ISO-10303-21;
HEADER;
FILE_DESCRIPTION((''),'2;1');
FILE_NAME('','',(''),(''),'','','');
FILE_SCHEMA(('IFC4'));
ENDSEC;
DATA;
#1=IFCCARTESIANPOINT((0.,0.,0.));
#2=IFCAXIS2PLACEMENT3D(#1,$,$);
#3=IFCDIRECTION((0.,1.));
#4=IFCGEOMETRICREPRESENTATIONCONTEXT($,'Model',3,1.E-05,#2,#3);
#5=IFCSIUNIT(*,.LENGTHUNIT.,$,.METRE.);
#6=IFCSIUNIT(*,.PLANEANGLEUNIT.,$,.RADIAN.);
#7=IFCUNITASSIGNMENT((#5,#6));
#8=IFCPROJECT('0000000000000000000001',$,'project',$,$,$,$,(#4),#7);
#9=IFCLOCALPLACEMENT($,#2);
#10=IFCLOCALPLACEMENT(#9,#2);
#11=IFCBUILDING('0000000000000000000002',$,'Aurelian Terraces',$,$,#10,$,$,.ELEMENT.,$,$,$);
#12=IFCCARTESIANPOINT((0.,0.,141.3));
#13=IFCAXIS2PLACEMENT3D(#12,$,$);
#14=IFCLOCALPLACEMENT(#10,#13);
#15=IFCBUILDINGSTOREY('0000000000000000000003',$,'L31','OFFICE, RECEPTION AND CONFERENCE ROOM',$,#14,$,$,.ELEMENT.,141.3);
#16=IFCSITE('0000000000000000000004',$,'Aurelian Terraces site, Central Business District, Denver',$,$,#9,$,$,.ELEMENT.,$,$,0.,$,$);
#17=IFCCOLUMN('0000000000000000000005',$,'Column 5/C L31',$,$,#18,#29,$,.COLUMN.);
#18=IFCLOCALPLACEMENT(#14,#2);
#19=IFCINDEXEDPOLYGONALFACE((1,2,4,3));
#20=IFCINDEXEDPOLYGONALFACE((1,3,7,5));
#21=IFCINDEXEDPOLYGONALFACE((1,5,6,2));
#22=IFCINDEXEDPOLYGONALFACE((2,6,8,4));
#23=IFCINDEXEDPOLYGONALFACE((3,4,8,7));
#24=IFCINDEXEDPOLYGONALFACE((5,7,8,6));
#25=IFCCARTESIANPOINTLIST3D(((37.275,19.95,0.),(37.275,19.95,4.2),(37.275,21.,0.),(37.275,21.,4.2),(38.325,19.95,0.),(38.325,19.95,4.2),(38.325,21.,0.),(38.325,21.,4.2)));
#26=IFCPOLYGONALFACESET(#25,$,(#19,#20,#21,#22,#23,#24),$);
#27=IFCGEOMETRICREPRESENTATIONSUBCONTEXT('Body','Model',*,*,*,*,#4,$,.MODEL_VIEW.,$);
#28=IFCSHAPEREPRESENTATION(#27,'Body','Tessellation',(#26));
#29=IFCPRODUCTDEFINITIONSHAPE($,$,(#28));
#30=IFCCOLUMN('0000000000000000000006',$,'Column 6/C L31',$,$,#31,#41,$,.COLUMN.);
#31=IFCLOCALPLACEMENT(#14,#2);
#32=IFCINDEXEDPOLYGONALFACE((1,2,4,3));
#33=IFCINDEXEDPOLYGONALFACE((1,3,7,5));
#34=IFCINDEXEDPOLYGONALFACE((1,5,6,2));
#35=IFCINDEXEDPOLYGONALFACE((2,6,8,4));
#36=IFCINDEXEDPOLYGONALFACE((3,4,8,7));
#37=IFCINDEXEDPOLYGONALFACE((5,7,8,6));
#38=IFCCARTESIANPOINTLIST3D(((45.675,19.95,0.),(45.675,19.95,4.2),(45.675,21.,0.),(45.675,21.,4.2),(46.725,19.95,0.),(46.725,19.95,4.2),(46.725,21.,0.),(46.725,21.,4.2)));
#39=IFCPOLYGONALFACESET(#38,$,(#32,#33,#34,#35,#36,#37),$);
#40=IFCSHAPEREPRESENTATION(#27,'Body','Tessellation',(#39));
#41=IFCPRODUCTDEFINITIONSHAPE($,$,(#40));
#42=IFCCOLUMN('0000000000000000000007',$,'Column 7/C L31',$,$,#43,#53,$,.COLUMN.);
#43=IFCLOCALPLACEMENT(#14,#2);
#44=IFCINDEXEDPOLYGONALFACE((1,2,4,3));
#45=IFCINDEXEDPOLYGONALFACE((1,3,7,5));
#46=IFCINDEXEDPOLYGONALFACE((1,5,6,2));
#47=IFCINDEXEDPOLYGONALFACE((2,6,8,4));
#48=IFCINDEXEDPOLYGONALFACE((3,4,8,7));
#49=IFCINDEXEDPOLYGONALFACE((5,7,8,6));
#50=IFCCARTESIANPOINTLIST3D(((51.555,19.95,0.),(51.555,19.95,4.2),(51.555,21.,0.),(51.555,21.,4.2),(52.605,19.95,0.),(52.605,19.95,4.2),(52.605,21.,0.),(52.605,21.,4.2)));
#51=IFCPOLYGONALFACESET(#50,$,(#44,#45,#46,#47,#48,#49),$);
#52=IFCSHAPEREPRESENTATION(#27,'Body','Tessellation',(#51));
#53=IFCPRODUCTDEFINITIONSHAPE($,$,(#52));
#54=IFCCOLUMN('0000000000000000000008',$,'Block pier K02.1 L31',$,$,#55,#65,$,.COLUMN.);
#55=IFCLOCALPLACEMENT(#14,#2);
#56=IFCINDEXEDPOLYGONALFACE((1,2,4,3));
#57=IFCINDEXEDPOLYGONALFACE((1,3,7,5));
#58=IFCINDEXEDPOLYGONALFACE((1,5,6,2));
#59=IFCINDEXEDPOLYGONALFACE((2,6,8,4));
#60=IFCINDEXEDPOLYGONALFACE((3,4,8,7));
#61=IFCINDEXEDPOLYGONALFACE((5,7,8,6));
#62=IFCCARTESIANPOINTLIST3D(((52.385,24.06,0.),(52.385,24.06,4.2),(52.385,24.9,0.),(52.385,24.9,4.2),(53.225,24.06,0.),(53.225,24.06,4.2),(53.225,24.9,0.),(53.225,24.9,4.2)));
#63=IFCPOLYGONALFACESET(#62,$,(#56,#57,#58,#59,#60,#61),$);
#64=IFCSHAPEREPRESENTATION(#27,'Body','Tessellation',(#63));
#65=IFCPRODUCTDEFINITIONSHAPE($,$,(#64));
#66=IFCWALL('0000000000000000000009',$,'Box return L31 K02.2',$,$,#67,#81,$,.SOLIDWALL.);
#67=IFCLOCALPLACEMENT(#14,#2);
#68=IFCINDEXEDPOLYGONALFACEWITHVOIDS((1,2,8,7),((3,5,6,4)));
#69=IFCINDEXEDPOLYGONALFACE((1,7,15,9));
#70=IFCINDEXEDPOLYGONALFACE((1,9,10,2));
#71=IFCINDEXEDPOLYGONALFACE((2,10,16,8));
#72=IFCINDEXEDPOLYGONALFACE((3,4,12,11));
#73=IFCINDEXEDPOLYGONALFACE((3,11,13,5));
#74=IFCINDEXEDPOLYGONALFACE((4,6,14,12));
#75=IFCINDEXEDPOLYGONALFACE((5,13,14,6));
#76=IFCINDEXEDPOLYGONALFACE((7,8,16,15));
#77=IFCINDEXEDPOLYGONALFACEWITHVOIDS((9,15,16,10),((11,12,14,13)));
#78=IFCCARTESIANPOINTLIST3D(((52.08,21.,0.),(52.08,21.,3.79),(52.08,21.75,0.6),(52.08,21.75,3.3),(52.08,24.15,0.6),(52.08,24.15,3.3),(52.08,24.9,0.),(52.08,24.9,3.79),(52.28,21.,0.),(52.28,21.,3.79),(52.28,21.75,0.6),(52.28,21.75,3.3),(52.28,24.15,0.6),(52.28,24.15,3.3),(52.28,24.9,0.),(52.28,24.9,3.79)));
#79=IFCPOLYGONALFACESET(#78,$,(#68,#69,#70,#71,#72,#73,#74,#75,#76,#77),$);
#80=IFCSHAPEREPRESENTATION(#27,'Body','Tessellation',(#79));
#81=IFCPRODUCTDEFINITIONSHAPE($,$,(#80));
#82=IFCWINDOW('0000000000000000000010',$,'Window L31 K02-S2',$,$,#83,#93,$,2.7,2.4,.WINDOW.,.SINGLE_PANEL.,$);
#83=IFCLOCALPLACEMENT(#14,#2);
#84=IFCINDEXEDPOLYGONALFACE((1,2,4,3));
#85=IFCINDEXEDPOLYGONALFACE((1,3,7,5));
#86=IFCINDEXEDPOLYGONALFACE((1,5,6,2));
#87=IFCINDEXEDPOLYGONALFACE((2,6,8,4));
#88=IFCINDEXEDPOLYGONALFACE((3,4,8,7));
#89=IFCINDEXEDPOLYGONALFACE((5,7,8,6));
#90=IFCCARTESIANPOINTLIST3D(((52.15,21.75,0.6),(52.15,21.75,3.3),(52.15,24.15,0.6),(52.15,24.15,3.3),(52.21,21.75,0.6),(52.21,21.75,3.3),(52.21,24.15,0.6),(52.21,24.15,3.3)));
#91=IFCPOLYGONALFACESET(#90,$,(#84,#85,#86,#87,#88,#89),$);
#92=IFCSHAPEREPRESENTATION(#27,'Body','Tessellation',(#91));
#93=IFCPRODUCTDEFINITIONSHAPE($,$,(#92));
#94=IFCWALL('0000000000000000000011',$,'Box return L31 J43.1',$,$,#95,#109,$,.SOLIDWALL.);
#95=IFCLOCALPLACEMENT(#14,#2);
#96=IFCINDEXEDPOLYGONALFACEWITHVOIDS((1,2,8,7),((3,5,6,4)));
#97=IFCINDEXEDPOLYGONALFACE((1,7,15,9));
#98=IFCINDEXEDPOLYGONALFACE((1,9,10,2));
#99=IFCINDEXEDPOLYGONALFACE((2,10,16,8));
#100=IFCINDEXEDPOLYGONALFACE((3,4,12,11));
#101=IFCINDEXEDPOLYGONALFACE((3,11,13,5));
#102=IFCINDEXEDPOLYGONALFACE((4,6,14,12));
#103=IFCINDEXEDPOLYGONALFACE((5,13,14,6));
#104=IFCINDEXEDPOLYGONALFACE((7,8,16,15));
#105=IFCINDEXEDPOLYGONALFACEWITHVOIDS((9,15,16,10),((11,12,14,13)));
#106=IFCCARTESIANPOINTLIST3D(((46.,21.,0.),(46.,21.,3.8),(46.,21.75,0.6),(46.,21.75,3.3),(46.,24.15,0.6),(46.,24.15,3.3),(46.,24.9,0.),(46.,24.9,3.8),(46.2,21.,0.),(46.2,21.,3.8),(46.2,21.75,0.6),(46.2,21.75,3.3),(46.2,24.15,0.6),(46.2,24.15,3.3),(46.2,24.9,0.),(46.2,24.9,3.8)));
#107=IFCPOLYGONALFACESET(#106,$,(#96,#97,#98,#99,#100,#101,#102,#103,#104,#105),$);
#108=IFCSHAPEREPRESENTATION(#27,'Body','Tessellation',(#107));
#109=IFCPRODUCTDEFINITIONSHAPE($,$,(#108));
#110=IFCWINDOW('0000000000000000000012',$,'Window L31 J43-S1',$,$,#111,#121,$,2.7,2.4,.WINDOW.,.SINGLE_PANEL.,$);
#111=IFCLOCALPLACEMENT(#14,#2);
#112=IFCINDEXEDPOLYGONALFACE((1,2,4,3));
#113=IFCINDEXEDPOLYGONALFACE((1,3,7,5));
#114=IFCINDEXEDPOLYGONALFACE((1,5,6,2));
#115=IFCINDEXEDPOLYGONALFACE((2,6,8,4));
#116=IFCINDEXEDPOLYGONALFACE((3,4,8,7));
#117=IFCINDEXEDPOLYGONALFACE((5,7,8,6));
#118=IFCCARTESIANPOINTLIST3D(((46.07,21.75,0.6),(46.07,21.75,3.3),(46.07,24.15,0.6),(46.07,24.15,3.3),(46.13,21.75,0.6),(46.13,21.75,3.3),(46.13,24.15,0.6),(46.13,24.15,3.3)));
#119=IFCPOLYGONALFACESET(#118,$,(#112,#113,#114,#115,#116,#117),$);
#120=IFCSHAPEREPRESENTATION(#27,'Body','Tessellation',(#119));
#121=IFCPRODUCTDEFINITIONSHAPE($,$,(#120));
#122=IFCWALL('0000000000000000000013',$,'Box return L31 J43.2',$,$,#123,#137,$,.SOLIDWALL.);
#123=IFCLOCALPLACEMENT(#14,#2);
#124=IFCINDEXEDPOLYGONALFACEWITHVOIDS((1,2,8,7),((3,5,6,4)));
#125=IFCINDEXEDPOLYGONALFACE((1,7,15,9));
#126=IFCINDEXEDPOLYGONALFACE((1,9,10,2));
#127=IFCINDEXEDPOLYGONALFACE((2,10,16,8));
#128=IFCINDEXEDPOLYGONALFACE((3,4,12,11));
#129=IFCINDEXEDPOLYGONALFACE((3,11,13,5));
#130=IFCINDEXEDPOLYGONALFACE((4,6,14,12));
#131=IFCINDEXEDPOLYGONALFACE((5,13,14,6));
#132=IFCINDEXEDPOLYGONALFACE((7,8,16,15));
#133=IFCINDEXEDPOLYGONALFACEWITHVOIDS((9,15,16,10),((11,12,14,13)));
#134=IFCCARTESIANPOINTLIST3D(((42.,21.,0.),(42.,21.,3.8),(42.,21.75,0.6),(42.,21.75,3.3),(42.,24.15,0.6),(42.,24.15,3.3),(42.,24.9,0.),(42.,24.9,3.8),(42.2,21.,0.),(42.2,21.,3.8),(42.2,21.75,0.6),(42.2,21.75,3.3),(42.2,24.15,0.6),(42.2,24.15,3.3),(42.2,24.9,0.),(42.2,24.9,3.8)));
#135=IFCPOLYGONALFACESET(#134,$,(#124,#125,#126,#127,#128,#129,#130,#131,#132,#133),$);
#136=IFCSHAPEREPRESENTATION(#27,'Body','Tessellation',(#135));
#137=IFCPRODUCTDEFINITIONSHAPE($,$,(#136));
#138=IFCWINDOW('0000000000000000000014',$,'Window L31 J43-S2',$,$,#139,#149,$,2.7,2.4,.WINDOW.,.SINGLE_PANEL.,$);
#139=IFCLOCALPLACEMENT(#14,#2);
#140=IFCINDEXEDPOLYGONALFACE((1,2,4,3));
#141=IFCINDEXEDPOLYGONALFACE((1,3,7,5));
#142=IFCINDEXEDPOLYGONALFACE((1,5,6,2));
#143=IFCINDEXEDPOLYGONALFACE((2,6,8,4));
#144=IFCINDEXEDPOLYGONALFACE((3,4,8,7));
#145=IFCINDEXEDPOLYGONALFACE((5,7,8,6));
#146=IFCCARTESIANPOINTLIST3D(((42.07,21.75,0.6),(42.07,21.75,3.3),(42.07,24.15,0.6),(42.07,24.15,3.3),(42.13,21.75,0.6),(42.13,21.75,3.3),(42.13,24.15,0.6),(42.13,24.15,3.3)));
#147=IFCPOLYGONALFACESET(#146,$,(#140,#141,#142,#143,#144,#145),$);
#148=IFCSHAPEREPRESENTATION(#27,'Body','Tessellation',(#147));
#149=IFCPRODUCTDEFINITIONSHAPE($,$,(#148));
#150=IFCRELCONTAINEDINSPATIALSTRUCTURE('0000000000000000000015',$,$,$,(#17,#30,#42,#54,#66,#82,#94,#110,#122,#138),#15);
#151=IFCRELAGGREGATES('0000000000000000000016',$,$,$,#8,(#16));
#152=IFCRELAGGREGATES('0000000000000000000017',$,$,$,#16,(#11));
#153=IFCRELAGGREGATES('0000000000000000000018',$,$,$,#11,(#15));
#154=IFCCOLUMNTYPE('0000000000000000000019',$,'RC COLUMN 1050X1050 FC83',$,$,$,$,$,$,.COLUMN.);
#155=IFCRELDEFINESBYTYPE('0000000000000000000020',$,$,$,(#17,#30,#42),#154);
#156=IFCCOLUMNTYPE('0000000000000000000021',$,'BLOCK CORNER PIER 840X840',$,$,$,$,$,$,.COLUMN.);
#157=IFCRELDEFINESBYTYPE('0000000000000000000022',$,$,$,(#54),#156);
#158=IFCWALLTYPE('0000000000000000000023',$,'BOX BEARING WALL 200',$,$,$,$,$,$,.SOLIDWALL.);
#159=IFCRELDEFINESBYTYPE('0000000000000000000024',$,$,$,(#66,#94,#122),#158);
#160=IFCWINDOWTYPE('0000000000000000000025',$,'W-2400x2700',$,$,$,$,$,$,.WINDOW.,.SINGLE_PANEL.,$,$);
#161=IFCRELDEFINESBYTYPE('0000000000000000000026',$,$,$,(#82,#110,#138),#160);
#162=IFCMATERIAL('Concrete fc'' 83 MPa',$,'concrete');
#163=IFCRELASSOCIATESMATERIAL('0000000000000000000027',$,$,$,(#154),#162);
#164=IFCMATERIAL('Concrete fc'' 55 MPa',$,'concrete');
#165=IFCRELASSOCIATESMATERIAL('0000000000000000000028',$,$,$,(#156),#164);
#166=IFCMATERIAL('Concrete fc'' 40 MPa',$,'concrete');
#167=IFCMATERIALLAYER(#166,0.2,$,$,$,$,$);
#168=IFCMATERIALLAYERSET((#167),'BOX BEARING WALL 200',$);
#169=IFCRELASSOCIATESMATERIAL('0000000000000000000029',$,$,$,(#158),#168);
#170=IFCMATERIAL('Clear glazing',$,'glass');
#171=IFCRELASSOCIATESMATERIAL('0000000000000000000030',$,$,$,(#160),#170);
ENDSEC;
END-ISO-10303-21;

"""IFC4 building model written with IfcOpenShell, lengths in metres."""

from ifc_helpers import new_model, si_unit, direction, frame, frame_2d, origin, origin_2d, place, context, subcontext, project, spatial, rectangle, extrude, source, transform, mapped, material, layer, layer_set, material_profile, profile_set, type_object, element, fill, save


model = new_model("IFC4")

# Units and contexts
model_context = context("Model", 3, precision=1e-05, world=origin(), true_north=direction((0.0, 1.0)))
body_context = subcontext(model_context, "Body", "Model", "MODEL_VIEW")
ifc_project = project(units=[si_unit("LENGTHUNIT", "METRE"), si_unit("PLANEANGLEUNIT", "RADIAN")], contexts=[model_context])

# Site, building, storey
site_placement = place(None, origin())
site = spatial("IfcSite", under=ifc_project, at=site_placement, Name="Aurelian Terraces site, Central Business District, Denver", CompositionType="ELEMENT", RefElevation=0.0)
building_placement = place(site_placement, origin())
building = spatial("IfcBuilding", under=site, at=building_placement, Name="Aurelian Terraces", CompositionType="ELEMENT")
storey_placement = place(building_placement, frame((0.0, 0.0, 141.3)))
storey = spatial("IfcBuildingStorey", under=building, at=storey_placement, Name="L31", Description="OFFICE, RECEPTION AND CONFERENCE ROOM", CompositionType="ELEMENT", Elevation=141.3)

# Columns
ifc_material_1 = material(Name="Concrete fc' 83 MPa", Category="concrete")
ifc_material_profile_1 = material_profile(ifc_material_1, rectangle(XDim=1.05, YDim=1.05, at=origin_2d()))
ifc_profile_set_1 = profile_set([ifc_material_profile_1], Name="Concrete fc' 83 MPa")
column_type_1 = type_object("IfcColumnType", Name="RC COLUMN 1050X1050 FC83", PredefinedType="COLUMN", material=ifc_profile_set_1)
shared_shape_1 = source(origin(), body_context, "Body", "SweptSolid", [
    extrude(rectangle(XDim=1.05, YDim=1.05, at=origin_2d()), origin(), (0.0, 0.0, 1.0), 4.2),
])
for number, where, z_axis, x_axis, name in (
    (1, (37.8, 20.475, 0.0), (0.0, 0.0, 1.0), (1.0, 0.0, 0.0), "Column 5/C L31"),
    (2, (46.2, 20.475, 0.0), (0.0, 0.0, 1.0), (1.0, 0.0, 0.0), "Column 6/C L31"),
    (3, (52.08, 20.475, 0.0), (0.0, 0.0, 1.0), (1.0, 0.0, 0.0), "Column 7/C L31"),
):
    element("IfcColumn", number, at=place(storey_placement, frame(where, z_axis=z_axis, x_axis=x_axis)), inside=storey, type_object=column_type_1, Name=name, PredefinedType="COLUMN", context=body_context, shape_type="MappedRepresentation", body=[
        mapped(shared_shape_1, transform((0.0, 0.0, 0.0), scale=1.0)),
    ])
ifc_material_2 = material(Name="Concrete fc' 55 MPa", Category="concrete")
ifc_material_profile_2 = material_profile(ifc_material_2, rectangle(XDim=0.84, YDim=0.84, at=origin_2d()))
ifc_profile_set_2 = profile_set([ifc_material_profile_2], Name="Concrete fc' 55 MPa")
column_type_2 = type_object("IfcColumnType", Name="BLOCK CORNER PIER 840X840", PredefinedType="COLUMN", material=ifc_profile_set_2)
shared_shape_2 = source(origin(), body_context, "Body", "SweptSolid", [
    extrude(rectangle(XDim=0.84, YDim=0.84, at=origin_2d()), origin(), (0.0, 0.0, 1.0), 4.2),
])
column_placement = place(storey_placement, frame((52.805, 24.48, 0.0), z_axis=(0.0, 0.0, 1.0), x_axis=(1.0, 0.0, 0.0)))
element("IfcColumn", 4, at=column_placement, inside=storey, type_object=column_type_2, Name="Block pier K02.1 L31", PredefinedType="COLUMN", context=body_context, shape_type="MappedRepresentation", body=[
    mapped(shared_shape_2, transform((0.0, 0.0, 0.0), scale=1.0)),
])

# Walls, openings, windows
ifc_material_3 = material(Name="Concrete fc' 40 MPa", Category="concrete")
ifc_layer_1 = layer(ifc_material_3, 0.2)
ifc_layer_set_1 = layer_set([ifc_layer_1], Name="BOX BEARING WALL 200")
wall_type_1 = type_object("IfcWallType", Name="BOX BEARING WALL 200", PredefinedType="SOLIDWALL", material=ifc_layer_set_1)
shared_shape_3 = source(origin(), body_context, "Body", "SweptSolid", [
    extrude(rectangle(XDim=3.9, YDim=0.2, at=frame_2d((1.95, 0.0))), origin(), (0.0, 0.0, 1.0), 3.79),
])
wall_1_placement = place(storey_placement, frame((52.18, 21.0, 0.0), z_axis=(0.0, 0.0, 1.0), x_axis=(0.0, 1.0, 0.0)))
wall_1 = element("IfcWall", 5, at=wall_1_placement, inside=storey, type_object=wall_type_1, Name="Box return L31 K02.2", PredefinedType="SOLIDWALL", context=body_context, shape_type="MappedRepresentation", body=[
    mapped(shared_shape_3, transform((0.0, 0.0, 0.0), scale=1.0)),
])
shared_shape_4 = source(origin(), body_context, "Body", "SweptSolid", [
    extrude(rectangle(XDim=2.4, YDim=2.7, at=frame_2d((1.2, 1.35))), frame((0.0, 0.11, 0.0), z_axis=(0.0, -1.0, 0.0), x_axis=(1.0, 0.0, 0.0)), (0.0, 0.0, 1.0), 0.22),
])
opening_1_placement = place(wall_1_placement, frame((0.75, 0.0, 0.6)))
opening_1 = element("IfcOpeningElement", 6, at=opening_1_placement, cuts=wall_1, PredefinedType="OPENING", context=body_context, shape_type="MappedRepresentation", body=[
    mapped(shared_shape_4, transform((0.0, 0.0, 0.0), scale=1.0)),
])
ifc_material_4 = material(Name="Clear glazing", Category="glass")
window_type_1 = type_object("IfcWindowType", Name="W-2400x2700", PartitioningType="SINGLE_PANEL", PredefinedType="WINDOW", material=ifc_material_4)
shared_shape_5 = source(origin(), body_context, "Body", "SweptSolid", [
    extrude(rectangle(XDim=2.4, YDim=2.7, at=frame_2d((1.2, 1.35))), frame((0.0, 0.03, 0.0), z_axis=(0.0, -1.0, 0.0), x_axis=(1.0, 0.0, 0.0)), (0.0, 0.0, 1.0), 0.06),
])
window_1_placement = place(opening_1_placement, origin())
window_1 = element("IfcWindow", 7, at=window_1_placement, inside=storey, type_object=window_type_1, Name="Window L31 K02-S2", OverallHeight=2.7, OverallWidth=2.4, PartitioningType="SINGLE_PANEL", PredefinedType="WINDOW", context=body_context, shape_type="MappedRepresentation", body=[
    mapped(shared_shape_5, transform((0.0, 0.0, 0.0), scale=1.0)),
])
fill(opening_1, window_1)
shared_shape_6 = source(origin(), body_context, "Body", "SweptSolid", [
    extrude(rectangle(XDim=3.9, YDim=0.2, at=frame_2d((1.95, 0.0))), origin(), (0.0, 0.0, 1.0), 3.8),
])
wall_2_placement = place(storey_placement, frame((46.1, 21.0, 0.0), z_axis=(0.0, 0.0, 1.0), x_axis=(0.0, 1.0, 0.0)))
wall_2 = element("IfcWall", 8, at=wall_2_placement, inside=storey, type_object=wall_type_1, Name="Box return L31 J43.1", PredefinedType="SOLIDWALL", context=body_context, shape_type="MappedRepresentation", body=[
    mapped(shared_shape_6, transform((0.0, 0.0, 0.0), scale=1.0)),
])
opening_2_placement = place(wall_2_placement, frame((0.75, 0.0, 0.6)))
opening_2 = element("IfcOpeningElement", 9, at=opening_2_placement, cuts=wall_2, PredefinedType="OPENING", context=body_context, shape_type="MappedRepresentation", body=[
    mapped(shared_shape_4, transform((0.0, 0.0, 0.0), scale=1.0)),
])
window_2_placement = place(opening_2_placement, origin())
window_2 = element("IfcWindow", 10, at=window_2_placement, inside=storey, type_object=window_type_1, Name="Window L31 J43-S1", OverallHeight=2.7, OverallWidth=2.4, PartitioningType="SINGLE_PANEL", PredefinedType="WINDOW", context=body_context, shape_type="MappedRepresentation", body=[
    mapped(shared_shape_5, transform((0.0, 0.0, 0.0), scale=1.0)),
])
fill(opening_2, window_2)
wall_3_placement = place(storey_placement, frame((42.1, 21.0, 0.0), z_axis=(0.0, 0.0, 1.0), x_axis=(0.0, 1.0, 0.0)))
wall_3 = element("IfcWall", 11, at=wall_3_placement, inside=storey, type_object=wall_type_1, Name="Box return L31 J43.2", PredefinedType="SOLIDWALL", context=body_context, shape_type="MappedRepresentation", body=[
    mapped(shared_shape_6, transform((0.0, 0.0, 0.0), scale=1.0)),
])
opening_3_placement = place(wall_3_placement, frame((0.75, 0.0, 0.6)))
opening_3 = element("IfcOpeningElement", 12, at=opening_3_placement, cuts=wall_3, PredefinedType="OPENING", context=body_context, shape_type="MappedRepresentation", body=[
    mapped(shared_shape_4, transform((0.0, 0.0, 0.0), scale=1.0)),
])
window_3_placement = place(opening_3_placement, origin())
window_3 = element("IfcWindow", 13, at=window_3_placement, inside=storey, type_object=window_type_1, Name="Window L31 J43-S2", OverallHeight=2.7, OverallWidth=2.4, PartitioningType="SINGLE_PANEL", PredefinedType="WINDOW", context=body_context, shape_type="MappedRepresentation", body=[
    mapped(shared_shape_5, transform((0.0, 0.0, 0.0), scale=1.0)),
])
fill(opening_3, window_3)

save(model, "model.ifc")
